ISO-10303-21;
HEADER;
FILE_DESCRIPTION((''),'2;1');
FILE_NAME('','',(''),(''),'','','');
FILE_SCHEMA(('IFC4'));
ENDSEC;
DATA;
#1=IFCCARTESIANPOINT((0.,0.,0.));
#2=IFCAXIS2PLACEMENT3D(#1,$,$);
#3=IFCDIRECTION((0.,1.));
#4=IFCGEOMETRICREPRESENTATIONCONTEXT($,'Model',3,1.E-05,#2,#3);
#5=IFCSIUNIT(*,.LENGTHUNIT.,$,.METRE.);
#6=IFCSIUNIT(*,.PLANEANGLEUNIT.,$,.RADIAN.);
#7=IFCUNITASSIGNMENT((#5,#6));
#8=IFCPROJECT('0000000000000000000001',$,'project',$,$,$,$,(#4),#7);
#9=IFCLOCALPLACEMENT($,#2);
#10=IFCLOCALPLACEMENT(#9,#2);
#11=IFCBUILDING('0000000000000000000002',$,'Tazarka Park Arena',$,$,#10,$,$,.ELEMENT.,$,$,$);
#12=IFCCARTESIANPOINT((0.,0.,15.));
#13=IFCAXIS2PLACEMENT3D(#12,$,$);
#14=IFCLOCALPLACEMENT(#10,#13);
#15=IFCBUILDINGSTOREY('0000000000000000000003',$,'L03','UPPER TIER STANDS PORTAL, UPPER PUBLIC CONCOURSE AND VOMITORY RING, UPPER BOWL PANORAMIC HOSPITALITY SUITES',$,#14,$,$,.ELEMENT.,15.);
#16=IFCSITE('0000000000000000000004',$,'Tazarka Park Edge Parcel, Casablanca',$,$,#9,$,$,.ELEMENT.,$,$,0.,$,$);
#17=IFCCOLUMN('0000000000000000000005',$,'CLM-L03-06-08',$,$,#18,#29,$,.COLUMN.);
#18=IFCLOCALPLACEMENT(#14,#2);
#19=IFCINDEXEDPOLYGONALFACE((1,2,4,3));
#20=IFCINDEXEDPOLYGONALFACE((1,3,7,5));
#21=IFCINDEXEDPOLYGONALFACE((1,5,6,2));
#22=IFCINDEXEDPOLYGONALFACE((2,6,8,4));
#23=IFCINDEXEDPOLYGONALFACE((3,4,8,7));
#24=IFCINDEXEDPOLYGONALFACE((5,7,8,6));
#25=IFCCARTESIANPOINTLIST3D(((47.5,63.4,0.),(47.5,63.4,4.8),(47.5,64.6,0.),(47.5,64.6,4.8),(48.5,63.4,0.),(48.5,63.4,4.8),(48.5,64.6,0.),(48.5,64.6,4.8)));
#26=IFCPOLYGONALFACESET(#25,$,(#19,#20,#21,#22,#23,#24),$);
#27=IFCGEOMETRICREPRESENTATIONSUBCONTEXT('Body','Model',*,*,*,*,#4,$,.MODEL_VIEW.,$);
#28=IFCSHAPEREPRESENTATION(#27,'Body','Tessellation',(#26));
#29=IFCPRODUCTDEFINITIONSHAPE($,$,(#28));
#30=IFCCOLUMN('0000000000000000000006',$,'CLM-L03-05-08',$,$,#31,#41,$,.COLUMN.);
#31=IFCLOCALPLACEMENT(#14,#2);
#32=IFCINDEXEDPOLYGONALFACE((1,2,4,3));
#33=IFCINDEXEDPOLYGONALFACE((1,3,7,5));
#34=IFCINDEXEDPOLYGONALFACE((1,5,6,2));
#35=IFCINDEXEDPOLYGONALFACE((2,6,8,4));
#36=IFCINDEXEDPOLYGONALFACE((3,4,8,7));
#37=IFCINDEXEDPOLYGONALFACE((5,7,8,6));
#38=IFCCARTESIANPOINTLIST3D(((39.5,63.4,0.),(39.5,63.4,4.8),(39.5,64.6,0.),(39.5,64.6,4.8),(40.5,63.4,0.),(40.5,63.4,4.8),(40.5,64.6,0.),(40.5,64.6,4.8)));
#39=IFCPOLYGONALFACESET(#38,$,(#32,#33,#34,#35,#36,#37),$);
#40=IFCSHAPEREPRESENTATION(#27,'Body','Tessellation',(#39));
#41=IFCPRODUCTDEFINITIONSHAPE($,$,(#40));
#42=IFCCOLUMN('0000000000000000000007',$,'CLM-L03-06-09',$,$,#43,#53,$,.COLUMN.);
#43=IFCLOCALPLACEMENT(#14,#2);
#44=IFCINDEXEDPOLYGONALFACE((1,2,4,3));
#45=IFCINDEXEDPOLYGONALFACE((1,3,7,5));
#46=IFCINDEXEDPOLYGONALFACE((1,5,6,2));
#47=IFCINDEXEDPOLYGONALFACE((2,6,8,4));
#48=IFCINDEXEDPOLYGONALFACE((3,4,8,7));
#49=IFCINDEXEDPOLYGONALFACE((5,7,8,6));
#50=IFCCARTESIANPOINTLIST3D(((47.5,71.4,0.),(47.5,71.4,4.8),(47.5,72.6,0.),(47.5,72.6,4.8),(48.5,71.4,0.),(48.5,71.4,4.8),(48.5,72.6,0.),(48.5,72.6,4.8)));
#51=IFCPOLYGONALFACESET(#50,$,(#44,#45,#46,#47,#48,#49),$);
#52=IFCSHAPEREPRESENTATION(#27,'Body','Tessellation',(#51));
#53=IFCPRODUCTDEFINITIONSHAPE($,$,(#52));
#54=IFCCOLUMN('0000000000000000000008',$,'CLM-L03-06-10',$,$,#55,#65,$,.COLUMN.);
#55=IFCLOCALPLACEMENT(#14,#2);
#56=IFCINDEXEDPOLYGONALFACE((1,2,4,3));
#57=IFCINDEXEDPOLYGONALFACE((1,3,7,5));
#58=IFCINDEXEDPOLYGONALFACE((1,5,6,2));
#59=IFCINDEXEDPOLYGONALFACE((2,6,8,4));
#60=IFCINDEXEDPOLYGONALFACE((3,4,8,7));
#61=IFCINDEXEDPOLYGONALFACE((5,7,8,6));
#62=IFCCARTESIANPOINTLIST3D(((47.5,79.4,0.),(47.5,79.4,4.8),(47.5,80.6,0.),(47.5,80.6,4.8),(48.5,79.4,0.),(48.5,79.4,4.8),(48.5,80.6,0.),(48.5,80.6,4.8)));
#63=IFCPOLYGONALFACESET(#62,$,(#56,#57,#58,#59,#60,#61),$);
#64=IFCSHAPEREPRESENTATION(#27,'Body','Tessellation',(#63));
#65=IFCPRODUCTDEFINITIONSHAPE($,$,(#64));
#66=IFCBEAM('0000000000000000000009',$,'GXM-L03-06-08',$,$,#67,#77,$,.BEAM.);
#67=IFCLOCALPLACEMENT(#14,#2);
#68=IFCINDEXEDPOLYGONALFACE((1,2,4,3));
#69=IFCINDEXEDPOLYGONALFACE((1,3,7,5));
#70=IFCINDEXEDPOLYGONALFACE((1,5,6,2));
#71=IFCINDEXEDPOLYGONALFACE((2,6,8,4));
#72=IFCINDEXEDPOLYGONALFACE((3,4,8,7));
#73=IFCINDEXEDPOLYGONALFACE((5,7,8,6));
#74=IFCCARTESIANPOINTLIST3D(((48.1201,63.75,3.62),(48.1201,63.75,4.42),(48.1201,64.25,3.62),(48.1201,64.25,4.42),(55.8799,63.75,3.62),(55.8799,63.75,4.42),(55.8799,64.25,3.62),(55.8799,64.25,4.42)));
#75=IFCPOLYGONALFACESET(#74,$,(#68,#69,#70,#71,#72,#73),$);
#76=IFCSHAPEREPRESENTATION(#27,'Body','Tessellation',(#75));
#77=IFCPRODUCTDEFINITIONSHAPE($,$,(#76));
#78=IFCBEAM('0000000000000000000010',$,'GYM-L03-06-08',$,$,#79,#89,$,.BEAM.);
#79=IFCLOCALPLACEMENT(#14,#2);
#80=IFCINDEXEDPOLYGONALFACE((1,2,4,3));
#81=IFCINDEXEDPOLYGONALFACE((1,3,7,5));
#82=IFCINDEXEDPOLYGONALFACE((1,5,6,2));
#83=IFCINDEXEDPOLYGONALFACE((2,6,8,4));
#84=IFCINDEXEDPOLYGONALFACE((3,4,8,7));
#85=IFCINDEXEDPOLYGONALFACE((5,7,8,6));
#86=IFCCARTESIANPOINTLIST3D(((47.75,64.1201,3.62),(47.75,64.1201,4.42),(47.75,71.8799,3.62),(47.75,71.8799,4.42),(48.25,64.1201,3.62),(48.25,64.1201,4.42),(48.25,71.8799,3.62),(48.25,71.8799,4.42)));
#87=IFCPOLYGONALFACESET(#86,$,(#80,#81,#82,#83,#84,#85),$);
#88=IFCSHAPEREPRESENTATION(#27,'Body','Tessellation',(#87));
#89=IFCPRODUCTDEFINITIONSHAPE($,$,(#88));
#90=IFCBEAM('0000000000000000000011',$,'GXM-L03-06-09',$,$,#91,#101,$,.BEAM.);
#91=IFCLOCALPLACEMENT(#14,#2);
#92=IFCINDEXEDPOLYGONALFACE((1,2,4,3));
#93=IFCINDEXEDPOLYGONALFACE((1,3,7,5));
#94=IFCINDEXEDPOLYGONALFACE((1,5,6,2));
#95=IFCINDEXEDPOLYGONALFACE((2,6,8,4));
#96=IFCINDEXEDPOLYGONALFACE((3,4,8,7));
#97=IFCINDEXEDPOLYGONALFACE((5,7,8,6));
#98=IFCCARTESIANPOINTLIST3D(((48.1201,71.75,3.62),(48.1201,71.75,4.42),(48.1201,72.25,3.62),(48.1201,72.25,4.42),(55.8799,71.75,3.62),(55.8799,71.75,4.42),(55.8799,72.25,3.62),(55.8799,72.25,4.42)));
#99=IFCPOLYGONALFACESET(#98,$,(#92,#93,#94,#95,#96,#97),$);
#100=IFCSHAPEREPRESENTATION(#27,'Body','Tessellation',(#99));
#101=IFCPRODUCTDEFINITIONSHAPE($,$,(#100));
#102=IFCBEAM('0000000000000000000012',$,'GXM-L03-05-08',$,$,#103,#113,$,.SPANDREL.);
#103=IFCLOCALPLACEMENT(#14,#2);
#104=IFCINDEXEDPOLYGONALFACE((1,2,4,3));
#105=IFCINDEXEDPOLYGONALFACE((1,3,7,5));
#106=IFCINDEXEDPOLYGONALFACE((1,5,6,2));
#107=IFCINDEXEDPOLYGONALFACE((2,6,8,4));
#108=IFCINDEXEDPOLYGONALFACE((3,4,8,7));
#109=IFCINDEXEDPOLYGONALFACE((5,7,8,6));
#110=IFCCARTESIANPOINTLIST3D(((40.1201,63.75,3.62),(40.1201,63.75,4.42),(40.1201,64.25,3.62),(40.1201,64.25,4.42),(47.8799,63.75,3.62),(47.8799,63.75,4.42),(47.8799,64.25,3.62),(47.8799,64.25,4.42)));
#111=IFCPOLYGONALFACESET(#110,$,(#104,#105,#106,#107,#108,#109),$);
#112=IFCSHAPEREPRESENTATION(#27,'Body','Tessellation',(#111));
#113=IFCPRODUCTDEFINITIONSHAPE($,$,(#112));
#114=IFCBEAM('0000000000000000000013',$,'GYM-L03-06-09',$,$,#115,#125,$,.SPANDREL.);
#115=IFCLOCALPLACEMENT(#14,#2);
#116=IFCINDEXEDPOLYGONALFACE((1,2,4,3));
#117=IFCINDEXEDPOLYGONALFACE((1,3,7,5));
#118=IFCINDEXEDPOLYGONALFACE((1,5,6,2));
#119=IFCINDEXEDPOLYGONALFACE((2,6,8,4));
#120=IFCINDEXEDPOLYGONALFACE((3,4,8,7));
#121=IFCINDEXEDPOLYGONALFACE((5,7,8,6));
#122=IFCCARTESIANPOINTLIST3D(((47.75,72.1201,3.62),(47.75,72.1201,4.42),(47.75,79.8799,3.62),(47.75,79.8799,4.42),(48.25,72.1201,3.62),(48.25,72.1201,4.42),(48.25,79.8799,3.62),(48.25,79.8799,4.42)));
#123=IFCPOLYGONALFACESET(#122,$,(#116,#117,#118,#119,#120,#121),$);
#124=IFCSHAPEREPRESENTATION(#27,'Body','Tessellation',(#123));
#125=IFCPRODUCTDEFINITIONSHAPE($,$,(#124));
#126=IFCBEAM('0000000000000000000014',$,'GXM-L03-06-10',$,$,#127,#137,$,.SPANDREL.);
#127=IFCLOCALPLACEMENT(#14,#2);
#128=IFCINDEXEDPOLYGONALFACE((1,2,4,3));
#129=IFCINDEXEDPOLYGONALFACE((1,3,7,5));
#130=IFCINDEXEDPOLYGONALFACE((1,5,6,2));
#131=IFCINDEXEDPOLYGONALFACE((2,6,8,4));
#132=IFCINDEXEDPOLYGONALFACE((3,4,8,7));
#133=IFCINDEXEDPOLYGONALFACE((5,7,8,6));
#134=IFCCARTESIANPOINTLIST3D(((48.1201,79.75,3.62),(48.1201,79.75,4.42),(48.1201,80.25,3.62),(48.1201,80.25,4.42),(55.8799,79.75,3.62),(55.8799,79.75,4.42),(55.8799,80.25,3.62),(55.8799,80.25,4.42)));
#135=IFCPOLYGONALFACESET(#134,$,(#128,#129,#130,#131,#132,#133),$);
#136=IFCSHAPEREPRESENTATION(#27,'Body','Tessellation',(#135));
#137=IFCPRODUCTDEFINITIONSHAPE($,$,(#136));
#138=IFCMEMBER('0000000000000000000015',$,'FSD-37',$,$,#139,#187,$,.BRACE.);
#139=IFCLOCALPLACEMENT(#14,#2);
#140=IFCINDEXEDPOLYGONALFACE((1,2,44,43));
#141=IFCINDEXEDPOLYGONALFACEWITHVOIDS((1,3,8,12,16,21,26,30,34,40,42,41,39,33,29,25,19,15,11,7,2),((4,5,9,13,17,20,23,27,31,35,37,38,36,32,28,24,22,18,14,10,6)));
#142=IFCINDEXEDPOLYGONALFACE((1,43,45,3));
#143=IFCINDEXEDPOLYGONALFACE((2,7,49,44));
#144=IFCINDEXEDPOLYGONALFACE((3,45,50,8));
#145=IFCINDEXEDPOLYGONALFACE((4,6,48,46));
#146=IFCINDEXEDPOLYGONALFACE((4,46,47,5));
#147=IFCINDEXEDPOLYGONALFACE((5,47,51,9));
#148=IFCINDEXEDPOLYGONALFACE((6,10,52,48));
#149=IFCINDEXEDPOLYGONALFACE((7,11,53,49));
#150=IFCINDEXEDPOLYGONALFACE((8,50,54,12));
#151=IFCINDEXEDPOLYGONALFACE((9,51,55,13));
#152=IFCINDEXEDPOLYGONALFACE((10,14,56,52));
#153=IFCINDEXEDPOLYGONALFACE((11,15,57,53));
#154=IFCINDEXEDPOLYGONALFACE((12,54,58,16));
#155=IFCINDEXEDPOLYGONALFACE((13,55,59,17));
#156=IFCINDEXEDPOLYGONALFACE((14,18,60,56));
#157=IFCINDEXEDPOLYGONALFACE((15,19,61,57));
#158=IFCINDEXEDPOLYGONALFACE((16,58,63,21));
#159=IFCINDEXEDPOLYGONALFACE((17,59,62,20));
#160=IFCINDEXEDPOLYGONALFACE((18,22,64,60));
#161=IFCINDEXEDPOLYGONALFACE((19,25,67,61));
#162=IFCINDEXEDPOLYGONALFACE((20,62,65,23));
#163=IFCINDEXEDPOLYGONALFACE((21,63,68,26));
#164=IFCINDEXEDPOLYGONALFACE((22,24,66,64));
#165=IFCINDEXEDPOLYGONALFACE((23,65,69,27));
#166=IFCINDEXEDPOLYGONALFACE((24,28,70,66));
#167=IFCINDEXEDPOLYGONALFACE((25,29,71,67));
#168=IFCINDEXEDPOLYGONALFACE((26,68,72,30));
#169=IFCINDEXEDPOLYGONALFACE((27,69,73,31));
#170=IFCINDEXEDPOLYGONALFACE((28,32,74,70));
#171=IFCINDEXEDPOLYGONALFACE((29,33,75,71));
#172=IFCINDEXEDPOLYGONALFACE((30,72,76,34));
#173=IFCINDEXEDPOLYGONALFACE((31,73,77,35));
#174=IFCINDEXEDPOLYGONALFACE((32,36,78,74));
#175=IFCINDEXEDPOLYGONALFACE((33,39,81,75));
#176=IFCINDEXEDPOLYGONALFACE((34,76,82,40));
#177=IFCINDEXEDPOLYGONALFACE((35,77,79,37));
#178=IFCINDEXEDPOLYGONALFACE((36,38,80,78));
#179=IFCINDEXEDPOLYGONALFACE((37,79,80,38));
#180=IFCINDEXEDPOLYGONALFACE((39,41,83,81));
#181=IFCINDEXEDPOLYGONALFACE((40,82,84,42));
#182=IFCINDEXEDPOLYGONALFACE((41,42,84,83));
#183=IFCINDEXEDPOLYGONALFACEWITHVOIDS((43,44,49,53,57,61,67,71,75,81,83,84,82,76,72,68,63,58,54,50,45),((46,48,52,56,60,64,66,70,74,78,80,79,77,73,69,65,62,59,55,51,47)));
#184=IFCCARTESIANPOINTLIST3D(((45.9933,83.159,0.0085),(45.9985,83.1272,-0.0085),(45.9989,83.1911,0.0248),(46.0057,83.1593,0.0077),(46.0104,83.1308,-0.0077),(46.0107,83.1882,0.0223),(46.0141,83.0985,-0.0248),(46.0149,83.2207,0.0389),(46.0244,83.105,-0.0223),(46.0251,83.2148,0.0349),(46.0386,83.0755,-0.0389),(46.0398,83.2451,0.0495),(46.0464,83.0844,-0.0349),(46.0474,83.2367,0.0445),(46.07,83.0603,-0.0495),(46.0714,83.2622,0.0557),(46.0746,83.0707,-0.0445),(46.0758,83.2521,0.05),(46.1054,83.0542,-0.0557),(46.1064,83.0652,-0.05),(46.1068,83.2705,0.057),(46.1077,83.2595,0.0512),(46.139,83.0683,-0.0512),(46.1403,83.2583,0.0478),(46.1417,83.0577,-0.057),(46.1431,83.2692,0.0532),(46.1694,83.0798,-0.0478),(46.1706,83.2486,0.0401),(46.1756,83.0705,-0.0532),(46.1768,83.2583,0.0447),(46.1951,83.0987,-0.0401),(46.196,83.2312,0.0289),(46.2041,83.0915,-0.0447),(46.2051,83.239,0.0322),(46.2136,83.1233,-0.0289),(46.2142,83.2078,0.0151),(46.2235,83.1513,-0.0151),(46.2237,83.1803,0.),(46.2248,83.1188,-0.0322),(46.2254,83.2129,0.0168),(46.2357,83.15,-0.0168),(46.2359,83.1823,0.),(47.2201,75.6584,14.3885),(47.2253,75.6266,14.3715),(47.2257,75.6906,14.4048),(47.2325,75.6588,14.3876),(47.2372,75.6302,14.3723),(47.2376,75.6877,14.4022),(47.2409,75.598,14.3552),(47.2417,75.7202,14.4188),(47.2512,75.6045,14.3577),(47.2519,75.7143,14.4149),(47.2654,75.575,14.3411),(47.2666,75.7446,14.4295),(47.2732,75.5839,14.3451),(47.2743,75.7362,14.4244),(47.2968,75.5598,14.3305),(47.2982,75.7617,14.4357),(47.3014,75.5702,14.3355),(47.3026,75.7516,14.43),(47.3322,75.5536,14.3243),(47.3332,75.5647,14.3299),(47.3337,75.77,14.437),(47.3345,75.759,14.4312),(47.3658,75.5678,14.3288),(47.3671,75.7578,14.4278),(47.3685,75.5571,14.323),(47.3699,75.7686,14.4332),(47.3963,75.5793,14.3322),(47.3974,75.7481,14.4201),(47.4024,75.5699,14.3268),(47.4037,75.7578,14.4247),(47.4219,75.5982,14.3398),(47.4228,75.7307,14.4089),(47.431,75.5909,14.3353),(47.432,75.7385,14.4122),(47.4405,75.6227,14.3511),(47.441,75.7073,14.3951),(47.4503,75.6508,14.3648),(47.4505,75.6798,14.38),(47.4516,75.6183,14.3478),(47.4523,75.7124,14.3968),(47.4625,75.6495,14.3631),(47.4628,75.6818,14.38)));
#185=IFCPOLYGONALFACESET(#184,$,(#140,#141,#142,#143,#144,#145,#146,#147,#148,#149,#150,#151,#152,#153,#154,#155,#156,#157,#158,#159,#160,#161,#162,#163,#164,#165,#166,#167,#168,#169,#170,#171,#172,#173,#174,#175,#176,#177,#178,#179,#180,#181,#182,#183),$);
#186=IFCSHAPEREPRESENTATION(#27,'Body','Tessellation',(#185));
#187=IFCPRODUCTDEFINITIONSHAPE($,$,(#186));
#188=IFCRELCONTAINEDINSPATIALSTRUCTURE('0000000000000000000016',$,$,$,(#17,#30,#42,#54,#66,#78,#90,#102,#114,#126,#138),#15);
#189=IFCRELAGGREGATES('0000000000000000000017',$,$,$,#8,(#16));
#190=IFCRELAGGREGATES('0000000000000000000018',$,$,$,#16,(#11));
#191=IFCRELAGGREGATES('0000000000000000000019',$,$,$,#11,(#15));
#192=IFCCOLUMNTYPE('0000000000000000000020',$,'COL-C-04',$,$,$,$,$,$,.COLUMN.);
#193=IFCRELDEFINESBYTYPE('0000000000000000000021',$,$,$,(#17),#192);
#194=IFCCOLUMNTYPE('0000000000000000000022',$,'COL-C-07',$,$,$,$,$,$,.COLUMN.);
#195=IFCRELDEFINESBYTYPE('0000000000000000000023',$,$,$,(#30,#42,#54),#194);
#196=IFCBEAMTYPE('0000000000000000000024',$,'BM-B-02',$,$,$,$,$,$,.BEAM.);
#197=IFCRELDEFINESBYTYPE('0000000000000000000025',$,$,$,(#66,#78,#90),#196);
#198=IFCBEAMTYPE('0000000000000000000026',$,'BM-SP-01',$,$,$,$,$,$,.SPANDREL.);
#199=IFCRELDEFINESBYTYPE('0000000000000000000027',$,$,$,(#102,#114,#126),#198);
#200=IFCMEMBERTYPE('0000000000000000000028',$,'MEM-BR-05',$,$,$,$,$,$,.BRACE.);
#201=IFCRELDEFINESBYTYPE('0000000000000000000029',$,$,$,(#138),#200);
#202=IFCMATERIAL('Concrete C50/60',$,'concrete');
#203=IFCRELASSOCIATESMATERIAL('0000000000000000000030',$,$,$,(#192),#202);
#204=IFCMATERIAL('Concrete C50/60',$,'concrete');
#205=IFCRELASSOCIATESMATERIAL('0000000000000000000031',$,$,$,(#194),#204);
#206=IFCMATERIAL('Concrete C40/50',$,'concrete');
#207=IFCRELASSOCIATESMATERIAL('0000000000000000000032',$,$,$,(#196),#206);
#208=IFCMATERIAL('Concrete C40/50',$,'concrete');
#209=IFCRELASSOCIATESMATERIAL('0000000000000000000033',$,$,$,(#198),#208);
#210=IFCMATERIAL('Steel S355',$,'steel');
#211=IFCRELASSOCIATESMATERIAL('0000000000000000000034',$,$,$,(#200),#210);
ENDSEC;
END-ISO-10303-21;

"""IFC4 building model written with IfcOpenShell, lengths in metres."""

from ifc_helpers import new_model, si_unit, direction, frame, origin, origin_2d, place, context, subcontext, project, spatial, rectangle, hollow_circle, extrude, material, material_profile, profile_set, type_object, element, save


model = new_model("IFC4")

# Units and contexts
model_context = context("Model", 3, precision=1e-05, world=origin(), true_north=direction((0.0, 1.0)))
body_context = subcontext(model_context, "Body", "Model", "MODEL_VIEW")
ifc_project = project(units=[si_unit("LENGTHUNIT", "METRE"), si_unit("PLANEANGLEUNIT", "RADIAN")], contexts=[model_context])

# Site, building, storey
site_placement = place(None, origin())
site = spatial("IfcSite", under=ifc_project, at=site_placement, Name="Tazarka Park Edge Parcel, Casablanca", CompositionType="ELEMENT", RefElevation=0.0)
building_placement = place(site_placement, origin())
building = spatial("IfcBuilding", under=site, at=building_placement, Name="Tazarka Park Arena", CompositionType="ELEMENT")
storey_placement = place(building_placement, frame((0.0, 0.0, 15.0)))
storey = spatial("IfcBuildingStorey", under=building, at=storey_placement, Name="L03", Description="UPPER TIER STANDS PORTAL, UPPER PUBLIC CONCOURSE AND VOMITORY RING, UPPER BOWL PANORAMIC HOSPITALITY SUITES", CompositionType="ELEMENT", Elevation=15.0)

# Columns
ifc_material_1 = material(Name="Concrete C50/60", Category="concrete")
ifc_material_profile_1 = material_profile(ifc_material_1, rectangle(XDim=1.0, YDim=1.2, at=origin_2d()), Name="Concrete C50/60")
ifc_profile_set_1 = profile_set([ifc_material_profile_1], Name="Concrete C50/60")
column_type_1 = type_object("IfcColumnType", Name="COL-C-04", PredefinedType="COLUMN", material=ifc_profile_set_1)
column_placement = place(storey_placement, frame((48.0, 64.0, 0.0), z_axis=(0.0, 0.0, 1.0), x_axis=(1.0, 0.0, 0.0)))
element("IfcColumn", 1, at=column_placement, inside=storey, type_object=column_type_1, Name="CLM-L03-06-08", PredefinedType="COLUMN", context=body_context, shape_type="SweptSolid", body=[
    extrude(rectangle(XDim=1.0, YDim=1.2, at=origin_2d()), origin(), (0.0, 0.0, 1.0), 4.8),
])
ifc_material_2 = material(Name="Concrete C50/60", Category="concrete")
ifc_material_profile_2 = material_profile(ifc_material_2, rectangle(XDim=1.0, YDim=1.2, at=origin_2d()), Name="Concrete C50/60")
ifc_profile_set_2 = profile_set([ifc_material_profile_2], Name="Concrete C50/60")
column_type_2 = type_object("IfcColumnType", Name="COL-C-07", PredefinedType="COLUMN", material=ifc_profile_set_2)
for number, where, z_axis, x_axis, name in (
    (2, (40.0, 64.0, 0.0), (0.0, 0.0, 1.0), (1.0, 0.0, 0.0), "CLM-L03-05-08"),
    (3, (48.0, 72.0, 0.0), (0.0, 0.0, 1.0), (1.0, 0.0, 0.0), "CLM-L03-06-09"),
    (4, (48.0, 80.0, 0.0), (0.0, 0.0, 1.0), (1.0, 0.0, 0.0), "CLM-L03-06-10"),
):
    element("IfcColumn", number, at=place(storey_placement, frame(where, z_axis=z_axis, x_axis=x_axis)), inside=storey, type_object=column_type_2, Name=name, PredefinedType="COLUMN", context=body_context, shape_type="SweptSolid", body=[
        extrude(rectangle(XDim=1.0, YDim=1.2, at=origin_2d()), origin(), (0.0, 0.0, 1.0), 4.8),
    ])

# Beams
ifc_material_3 = material(Name="Concrete C40/50", Category="concrete")
ifc_material_profile_3 = material_profile(ifc_material_3, rectangle(XDim=0.5, YDim=0.8, at=origin_2d()), Name="Concrete C40/50")
ifc_profile_set_3 = profile_set([ifc_material_profile_3], Name="Concrete C40/50")
beam_type_1 = type_object("IfcBeamType", Name="BM-B-02", PredefinedType="BEAM", material=ifc_profile_set_3)
for number, where, z_axis, x_axis, name in (
    (5, (48.1201, 64.0, 4.02), (1.0, 0.0, 0.0), (0.0, 1.0, 0.0), "GXM-L03-06-08"),
    (6, (48.0, 64.1201, 4.02), (0.0, 1.0, 0.0), (-1.0, 0.0, 0.0), "GYM-L03-06-08"),
    (7, (48.1201, 72.0, 4.02), (1.0, 0.0, 0.0), (0.0, 1.0, 0.0), "GXM-L03-06-09"),
):
    element("IfcBeam", number, at=place(storey_placement, frame(where, z_axis=z_axis, x_axis=x_axis)), inside=storey, type_object=beam_type_1, Name=name, PredefinedType="BEAM", context=body_context, shape_type="SweptSolid", body=[
        extrude(rectangle(XDim=0.5, YDim=0.8, at=origin_2d()), origin(), (0.0, 0.0, 1.0), 7.7598),
    ])
ifc_material_4 = material(Name="Concrete C40/50", Category="concrete")
ifc_material_profile_4 = material_profile(ifc_material_4, rectangle(XDim=0.5, YDim=0.8, at=origin_2d()), Name="Concrete C40/50")
ifc_profile_set_4 = profile_set([ifc_material_profile_4], Name="Concrete C40/50")
beam_type_2 = type_object("IfcBeamType", Name="BM-SP-01", PredefinedType="SPANDREL", material=ifc_profile_set_4)
for number, where, z_axis, x_axis, name in (
    (8, (40.1201, 64.0, 4.02), (1.0, 0.0, 0.0), (0.0, 1.0, 0.0), "GXM-L03-05-08"),
    (9, (48.0, 72.1201, 4.02), (0.0, 1.0, 0.0), (-1.0, 0.0, 0.0), "GYM-L03-06-09"),
    (10, (48.1201, 80.0, 4.02), (1.0, 0.0, 0.0), (0.0, 1.0, 0.0), "GXM-L03-06-10"),
):
    element("IfcBeam", number, at=place(storey_placement, frame(where, z_axis=z_axis, x_axis=x_axis)), inside=storey, type_object=beam_type_2, Name=name, PredefinedType="SPANDREL", context=body_context, shape_type="SweptSolid", body=[
        extrude(rectangle(XDim=0.5, YDim=0.8, at=origin_2d()), origin(), (0.0, 0.0, 1.0), 7.7598),
    ])

# Member
ifc_material_5 = material(Name="Steel S355", Category="steel")
ifc_material_profile_5 = material_profile(ifc_material_5, hollow_circle(Radius=0.1223, WallThickness=0.0125, at=origin_2d()), Name="Steel S355")
ifc_profile_set_5 = profile_set([ifc_material_profile_5], Name="Steel S355")
member_type_1 = type_object("IfcMemberType", Name="MEM-BR-05", PredefinedType="BRACE", material=ifc_profile_set_5)
member_1_placement = place(storey_placement, frame((46.1152, 83.1626, 0.0), z_axis=(0.075427, -0.461149, 0.884111), x_axis=(0.986886, 0.161419, 0.0)))
element("IfcMember", 11, at=member_1_placement, inside=storey, type_object=member_type_1, Name="FSD-37", PredefinedType="BRACE", context=body_context, shape_type="SweptSolid", body=[
    extrude(hollow_circle(Radius=0.1223, WallThickness=0.0125, at=origin_2d()), origin(), (0.0, 0.0, 1.0), 16.2649),
])

save(model, "model.ifc")
